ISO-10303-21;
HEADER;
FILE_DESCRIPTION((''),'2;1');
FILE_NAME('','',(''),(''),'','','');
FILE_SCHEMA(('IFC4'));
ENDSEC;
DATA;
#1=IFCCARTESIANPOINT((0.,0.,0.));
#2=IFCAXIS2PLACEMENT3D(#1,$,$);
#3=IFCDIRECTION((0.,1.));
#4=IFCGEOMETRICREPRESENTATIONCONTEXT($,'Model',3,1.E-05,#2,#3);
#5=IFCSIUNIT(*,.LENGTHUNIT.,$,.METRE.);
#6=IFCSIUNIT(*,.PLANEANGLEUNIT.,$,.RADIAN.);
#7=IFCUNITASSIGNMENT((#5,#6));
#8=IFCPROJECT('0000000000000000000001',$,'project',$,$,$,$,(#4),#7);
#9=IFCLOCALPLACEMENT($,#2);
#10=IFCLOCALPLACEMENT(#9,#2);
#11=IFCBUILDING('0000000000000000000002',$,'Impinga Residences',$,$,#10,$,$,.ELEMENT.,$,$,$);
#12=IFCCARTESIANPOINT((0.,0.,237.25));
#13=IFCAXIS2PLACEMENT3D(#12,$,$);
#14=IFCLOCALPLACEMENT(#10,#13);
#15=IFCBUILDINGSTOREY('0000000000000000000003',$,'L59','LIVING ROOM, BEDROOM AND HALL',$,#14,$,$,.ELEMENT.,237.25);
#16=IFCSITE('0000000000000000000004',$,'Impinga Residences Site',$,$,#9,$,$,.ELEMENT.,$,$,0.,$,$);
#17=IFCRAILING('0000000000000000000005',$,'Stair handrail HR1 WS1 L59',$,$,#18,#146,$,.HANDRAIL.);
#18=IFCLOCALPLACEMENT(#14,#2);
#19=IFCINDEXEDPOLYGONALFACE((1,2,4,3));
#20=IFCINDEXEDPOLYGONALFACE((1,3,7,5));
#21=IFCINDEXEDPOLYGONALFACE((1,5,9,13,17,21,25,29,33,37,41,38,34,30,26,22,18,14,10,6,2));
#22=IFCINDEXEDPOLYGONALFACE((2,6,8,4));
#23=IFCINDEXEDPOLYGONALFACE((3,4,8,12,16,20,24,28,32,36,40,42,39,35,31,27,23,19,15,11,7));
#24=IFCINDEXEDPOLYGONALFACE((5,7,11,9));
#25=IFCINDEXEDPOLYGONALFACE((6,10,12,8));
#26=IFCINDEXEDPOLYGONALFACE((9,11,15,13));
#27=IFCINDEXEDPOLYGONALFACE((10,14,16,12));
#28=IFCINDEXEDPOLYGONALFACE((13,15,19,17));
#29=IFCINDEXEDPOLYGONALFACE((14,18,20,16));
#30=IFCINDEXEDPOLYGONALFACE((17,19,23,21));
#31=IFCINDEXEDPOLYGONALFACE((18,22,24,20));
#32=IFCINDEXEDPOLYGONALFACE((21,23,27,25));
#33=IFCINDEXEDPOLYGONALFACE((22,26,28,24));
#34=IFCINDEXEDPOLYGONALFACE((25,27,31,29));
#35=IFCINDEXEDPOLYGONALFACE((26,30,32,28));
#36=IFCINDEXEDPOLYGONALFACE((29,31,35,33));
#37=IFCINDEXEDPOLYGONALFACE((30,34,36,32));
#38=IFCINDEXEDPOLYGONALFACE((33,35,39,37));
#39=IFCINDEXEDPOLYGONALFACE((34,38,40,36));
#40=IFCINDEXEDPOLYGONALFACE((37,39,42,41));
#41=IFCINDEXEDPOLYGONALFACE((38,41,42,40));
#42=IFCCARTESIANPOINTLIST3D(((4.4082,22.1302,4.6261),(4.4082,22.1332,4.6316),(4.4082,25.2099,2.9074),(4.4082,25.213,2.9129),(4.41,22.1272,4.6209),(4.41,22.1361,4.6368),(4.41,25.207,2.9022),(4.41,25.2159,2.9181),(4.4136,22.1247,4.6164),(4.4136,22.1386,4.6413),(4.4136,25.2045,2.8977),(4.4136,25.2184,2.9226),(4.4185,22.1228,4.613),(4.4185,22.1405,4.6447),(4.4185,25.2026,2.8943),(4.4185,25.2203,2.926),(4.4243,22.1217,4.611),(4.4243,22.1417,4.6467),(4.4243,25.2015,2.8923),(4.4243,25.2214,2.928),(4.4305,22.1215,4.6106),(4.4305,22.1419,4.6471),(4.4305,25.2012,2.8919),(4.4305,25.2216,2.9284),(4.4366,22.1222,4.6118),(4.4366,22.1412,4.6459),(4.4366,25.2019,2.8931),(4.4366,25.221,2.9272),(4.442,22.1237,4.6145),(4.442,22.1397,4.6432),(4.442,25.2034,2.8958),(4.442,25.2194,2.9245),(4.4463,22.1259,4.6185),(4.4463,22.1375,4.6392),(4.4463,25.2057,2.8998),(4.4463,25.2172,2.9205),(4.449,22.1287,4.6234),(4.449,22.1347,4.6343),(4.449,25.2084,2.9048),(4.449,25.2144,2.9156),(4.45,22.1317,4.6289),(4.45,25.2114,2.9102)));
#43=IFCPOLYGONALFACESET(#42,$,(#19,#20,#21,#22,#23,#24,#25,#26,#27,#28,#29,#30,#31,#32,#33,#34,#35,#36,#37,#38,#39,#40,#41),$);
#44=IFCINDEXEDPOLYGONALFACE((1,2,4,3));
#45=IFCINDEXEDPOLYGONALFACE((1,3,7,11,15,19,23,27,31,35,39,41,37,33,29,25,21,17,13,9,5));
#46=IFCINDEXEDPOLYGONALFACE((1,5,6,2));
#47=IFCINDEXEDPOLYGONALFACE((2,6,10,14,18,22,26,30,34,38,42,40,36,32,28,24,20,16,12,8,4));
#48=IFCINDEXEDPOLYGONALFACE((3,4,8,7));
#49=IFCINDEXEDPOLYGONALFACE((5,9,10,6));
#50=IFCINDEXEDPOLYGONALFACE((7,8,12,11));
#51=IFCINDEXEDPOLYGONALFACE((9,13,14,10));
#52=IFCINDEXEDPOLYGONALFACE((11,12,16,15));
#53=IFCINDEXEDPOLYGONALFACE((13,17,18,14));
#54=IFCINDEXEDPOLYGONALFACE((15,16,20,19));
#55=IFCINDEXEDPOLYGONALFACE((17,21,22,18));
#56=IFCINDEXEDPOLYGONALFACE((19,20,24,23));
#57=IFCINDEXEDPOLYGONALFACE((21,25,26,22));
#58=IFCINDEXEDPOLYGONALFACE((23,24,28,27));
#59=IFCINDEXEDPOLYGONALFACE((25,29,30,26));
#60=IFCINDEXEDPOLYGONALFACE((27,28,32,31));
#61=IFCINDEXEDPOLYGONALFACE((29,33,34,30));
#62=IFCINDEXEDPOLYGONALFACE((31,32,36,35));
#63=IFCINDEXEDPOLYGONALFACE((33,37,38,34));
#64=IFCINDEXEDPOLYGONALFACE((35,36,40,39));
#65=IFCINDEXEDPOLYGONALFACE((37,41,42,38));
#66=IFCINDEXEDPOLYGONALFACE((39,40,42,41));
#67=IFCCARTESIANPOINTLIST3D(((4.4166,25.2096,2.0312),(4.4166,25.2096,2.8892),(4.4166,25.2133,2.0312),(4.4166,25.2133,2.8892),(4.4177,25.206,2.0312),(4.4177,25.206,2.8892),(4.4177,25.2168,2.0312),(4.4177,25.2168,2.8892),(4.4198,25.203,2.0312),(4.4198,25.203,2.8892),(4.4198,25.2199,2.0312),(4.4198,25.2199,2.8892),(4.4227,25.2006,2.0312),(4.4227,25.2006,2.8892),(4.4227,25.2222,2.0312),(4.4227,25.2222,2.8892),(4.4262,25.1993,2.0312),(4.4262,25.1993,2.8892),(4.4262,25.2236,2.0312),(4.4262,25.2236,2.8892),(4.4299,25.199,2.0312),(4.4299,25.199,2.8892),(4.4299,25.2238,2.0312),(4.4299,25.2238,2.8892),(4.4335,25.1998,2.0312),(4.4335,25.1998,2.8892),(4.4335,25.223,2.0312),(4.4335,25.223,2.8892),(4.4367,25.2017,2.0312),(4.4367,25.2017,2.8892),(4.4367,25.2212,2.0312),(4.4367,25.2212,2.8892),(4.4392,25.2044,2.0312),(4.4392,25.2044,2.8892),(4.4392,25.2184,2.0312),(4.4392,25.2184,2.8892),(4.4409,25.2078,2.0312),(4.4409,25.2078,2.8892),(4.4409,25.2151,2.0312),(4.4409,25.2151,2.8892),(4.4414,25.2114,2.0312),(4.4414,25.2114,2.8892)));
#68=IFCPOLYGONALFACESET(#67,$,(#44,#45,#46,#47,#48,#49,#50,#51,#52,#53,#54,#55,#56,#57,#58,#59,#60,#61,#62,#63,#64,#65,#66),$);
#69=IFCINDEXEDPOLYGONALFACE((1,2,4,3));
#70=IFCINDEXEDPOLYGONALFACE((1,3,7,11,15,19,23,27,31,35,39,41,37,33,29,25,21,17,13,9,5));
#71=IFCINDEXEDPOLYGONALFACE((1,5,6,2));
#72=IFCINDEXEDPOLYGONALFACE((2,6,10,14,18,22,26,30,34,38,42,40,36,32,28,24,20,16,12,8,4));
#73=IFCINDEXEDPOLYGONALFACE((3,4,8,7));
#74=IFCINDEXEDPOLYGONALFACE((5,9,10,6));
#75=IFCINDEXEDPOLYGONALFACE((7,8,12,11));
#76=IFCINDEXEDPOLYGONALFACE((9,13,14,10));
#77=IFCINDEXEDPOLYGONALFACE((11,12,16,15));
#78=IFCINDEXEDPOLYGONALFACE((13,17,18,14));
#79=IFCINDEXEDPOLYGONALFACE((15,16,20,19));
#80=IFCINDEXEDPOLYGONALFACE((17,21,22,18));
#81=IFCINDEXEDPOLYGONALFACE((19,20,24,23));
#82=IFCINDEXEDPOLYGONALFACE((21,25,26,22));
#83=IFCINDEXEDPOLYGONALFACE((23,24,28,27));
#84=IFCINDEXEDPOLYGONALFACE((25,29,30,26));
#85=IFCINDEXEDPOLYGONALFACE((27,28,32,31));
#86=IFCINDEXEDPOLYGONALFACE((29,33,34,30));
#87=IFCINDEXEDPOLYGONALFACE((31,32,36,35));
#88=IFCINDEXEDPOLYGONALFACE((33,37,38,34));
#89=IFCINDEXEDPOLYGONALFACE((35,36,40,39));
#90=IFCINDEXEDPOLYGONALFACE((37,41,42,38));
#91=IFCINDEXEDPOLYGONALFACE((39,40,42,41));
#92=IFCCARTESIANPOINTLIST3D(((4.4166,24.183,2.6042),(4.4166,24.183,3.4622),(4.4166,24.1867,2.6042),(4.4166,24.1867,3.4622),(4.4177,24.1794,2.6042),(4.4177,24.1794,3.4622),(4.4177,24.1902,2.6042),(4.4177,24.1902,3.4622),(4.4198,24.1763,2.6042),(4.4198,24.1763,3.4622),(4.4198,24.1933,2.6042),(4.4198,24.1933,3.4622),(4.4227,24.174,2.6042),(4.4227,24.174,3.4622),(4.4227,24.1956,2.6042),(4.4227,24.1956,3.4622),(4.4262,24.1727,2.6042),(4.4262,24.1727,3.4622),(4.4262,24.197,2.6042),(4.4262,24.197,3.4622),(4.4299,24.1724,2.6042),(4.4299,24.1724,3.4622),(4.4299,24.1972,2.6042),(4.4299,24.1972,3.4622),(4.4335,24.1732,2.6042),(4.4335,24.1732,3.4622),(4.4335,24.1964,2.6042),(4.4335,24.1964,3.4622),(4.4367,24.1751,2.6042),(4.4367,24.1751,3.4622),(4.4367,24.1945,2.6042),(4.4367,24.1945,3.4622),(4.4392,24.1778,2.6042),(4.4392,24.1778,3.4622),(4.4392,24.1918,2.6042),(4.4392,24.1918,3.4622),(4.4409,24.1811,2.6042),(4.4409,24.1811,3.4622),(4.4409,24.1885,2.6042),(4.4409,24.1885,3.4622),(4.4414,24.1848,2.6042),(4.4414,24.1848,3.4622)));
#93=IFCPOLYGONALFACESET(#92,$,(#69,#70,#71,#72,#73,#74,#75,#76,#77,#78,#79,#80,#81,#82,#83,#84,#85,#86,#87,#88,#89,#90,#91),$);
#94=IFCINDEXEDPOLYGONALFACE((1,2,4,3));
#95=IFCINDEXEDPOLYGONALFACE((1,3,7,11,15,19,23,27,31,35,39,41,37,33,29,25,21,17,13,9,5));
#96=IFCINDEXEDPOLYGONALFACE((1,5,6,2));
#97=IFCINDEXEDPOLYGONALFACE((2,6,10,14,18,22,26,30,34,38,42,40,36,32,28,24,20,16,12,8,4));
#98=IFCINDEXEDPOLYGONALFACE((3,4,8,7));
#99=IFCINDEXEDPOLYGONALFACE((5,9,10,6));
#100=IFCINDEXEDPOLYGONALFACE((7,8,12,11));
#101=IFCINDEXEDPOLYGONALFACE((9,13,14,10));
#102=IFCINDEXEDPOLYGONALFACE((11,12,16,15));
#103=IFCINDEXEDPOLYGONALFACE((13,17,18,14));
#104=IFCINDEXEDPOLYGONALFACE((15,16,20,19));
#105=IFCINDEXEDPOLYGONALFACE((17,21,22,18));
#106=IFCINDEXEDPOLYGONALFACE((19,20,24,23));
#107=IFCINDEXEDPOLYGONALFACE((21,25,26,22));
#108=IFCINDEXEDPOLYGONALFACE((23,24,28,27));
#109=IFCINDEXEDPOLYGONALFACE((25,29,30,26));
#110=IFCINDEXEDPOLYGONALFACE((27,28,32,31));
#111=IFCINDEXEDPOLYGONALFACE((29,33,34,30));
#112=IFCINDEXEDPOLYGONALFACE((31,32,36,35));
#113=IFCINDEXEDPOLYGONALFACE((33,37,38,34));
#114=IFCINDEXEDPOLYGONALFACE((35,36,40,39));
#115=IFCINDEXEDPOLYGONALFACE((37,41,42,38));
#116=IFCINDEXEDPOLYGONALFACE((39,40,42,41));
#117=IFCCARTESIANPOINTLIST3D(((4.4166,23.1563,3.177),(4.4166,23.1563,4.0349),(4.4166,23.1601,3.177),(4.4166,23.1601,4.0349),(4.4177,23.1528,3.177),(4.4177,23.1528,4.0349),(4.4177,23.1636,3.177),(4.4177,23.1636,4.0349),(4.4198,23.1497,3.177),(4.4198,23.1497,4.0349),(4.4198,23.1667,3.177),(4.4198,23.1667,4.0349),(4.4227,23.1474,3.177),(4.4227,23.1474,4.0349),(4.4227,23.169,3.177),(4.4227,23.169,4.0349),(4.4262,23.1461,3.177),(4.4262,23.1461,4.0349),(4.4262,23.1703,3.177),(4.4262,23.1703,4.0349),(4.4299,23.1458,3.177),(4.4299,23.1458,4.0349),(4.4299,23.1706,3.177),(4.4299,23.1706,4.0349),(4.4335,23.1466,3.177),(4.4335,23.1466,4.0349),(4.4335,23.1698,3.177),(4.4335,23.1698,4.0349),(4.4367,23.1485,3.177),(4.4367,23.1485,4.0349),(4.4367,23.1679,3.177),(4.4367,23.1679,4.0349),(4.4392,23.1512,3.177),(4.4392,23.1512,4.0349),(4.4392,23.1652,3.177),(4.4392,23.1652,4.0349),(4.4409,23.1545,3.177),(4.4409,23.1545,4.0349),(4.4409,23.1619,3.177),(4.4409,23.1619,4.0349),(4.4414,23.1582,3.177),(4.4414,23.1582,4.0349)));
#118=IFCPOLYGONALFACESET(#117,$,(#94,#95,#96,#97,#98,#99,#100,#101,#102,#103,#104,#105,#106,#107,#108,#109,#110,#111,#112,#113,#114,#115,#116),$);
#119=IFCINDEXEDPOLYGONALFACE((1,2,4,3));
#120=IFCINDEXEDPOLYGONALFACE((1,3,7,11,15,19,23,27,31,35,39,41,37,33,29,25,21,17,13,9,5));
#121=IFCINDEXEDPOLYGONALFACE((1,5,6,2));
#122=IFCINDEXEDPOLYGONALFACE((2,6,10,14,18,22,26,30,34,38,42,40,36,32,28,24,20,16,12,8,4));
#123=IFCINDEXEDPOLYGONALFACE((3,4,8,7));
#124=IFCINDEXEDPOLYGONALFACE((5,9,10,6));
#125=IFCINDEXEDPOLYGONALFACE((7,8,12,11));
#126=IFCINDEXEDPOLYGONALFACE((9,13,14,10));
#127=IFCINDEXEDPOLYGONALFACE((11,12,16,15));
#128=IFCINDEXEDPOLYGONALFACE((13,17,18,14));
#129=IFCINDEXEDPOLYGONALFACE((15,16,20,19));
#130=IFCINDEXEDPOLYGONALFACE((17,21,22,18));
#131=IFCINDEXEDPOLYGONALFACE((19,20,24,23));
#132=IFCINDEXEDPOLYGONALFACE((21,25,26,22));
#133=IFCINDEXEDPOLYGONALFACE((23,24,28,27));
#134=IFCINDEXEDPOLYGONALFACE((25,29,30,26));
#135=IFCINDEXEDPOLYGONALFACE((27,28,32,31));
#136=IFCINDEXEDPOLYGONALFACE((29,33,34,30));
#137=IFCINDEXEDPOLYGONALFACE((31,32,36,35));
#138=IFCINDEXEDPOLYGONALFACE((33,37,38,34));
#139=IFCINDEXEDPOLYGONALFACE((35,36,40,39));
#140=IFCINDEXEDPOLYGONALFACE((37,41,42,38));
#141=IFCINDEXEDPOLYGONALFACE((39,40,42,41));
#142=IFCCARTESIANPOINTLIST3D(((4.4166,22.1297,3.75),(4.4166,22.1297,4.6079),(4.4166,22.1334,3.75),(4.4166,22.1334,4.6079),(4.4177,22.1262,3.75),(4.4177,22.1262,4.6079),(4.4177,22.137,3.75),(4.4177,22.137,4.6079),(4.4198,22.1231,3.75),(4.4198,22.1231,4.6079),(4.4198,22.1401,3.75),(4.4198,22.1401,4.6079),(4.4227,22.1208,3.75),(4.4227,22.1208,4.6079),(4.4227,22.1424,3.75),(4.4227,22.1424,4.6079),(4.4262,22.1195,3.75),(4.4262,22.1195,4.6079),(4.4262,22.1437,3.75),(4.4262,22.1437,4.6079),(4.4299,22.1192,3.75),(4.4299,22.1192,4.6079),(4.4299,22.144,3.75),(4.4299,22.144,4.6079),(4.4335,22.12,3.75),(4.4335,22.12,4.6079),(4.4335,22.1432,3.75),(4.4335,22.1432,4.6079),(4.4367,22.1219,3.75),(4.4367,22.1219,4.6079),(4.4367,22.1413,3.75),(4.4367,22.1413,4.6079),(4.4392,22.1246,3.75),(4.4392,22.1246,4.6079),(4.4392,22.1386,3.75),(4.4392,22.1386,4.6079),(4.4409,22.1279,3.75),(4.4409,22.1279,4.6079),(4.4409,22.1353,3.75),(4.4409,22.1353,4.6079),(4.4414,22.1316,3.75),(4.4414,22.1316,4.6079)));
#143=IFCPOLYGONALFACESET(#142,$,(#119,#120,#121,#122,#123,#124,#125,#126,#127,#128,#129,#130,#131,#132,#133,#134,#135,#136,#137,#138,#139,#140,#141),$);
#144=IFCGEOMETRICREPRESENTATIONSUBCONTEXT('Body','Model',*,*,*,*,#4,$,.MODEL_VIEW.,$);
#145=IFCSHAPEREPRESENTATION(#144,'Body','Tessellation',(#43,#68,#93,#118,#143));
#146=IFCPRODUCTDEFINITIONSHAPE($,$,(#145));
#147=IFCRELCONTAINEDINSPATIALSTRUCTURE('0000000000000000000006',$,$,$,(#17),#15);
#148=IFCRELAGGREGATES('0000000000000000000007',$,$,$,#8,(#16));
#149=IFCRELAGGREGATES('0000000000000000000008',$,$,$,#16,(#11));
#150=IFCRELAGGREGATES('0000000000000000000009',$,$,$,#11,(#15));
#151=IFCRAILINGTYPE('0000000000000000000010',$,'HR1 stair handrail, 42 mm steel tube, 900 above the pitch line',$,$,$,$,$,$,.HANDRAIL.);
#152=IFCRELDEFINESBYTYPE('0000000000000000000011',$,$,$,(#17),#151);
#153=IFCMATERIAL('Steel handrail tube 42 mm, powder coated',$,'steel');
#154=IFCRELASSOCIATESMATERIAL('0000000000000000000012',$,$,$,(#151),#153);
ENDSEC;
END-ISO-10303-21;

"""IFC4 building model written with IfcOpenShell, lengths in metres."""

from ifc_helpers import new_model, si_unit, direction, frame, origin, origin_2d, place, context, subcontext, project, spatial, circle, extrude, material, type_object, element, save


model = new_model("IFC4")

# Units and contexts
model_context = context("Model", 3, precision=1e-05, world=origin(), true_north=direction((0.0, 1.0)))
body_context = subcontext(model_context, "Body", "Model", "MODEL_VIEW")
ifc_project = project(units=[si_unit("LENGTHUNIT", "METRE"), si_unit("PLANEANGLEUNIT", "RADIAN")], contexts=[model_context])

# Site, building, storey
site_placement = place(None, origin())
site = spatial("IfcSite", under=ifc_project, at=site_placement, Name="Impinga Residences Site", CompositionType="ELEMENT", RefElevation=0.0)
building_placement = place(site_placement, origin())
building = spatial("IfcBuilding", under=site, at=building_placement, Name="Impinga Residences", CompositionType="ELEMENT")
storey_placement = place(building_placement, frame((0.0, 0.0, 237.25)))
storey = spatial("IfcBuildingStorey", under=building, at=storey_placement, Name="L59", Description="LIVING ROOM, BEDROOM AND HALL", CompositionType="ELEMENT", Elevation=237.25)

# Railing
ifc_material_1 = material(Name="Steel handrail tube 42 mm, powder coated", Category="steel")
railing_type_1 = type_object("IfcRailingType", Name="HR1 stair handrail, 42 mm steel tube, 900 above the pitch line", PredefinedType="HANDRAIL", material=ifc_material_1)
railing_1_placement = place(storey_placement, frame((4.429, 25.2114, 2.0312)))
element("IfcRailing", 1, at=railing_1_placement, inside=storey, type_object=railing_type_1, Name="Stair handrail HR1 WS1 L59", PredefinedType="HANDRAIL", context=body_context, shape_type="SweptSolid", body=[
    extrude(circle(Radius=0.021, at=origin_2d()), frame((0.0, 0.0, 0.8789), z_axis=(0.0, -0.873225, 0.487317), x_axis=(1.0, 0.0, 0.0)), (0.0, 0.0, 1.0), 3.5269),
    extrude(circle(Radius=0.0125, at=origin_2d()), origin(), (0.0, 0.0, 1.0), 0.8579),
    extrude(circle(Radius=0.0125, at=origin_2d()), frame((0.0, -1.0266, 0.573)), (0.0, 0.0, 1.0), 0.8579),
    extrude(circle(Radius=0.0125, at=origin_2d()), frame((0.0, -2.0532, 1.1458)), (0.0, 0.0, 1.0), 0.8579),
    extrude(circle(Radius=0.0125, at=origin_2d()), frame((0.0, -3.0798, 1.7188)), (0.0, 0.0, 1.0), 0.8579),
])

save(model, "model.ifc")
